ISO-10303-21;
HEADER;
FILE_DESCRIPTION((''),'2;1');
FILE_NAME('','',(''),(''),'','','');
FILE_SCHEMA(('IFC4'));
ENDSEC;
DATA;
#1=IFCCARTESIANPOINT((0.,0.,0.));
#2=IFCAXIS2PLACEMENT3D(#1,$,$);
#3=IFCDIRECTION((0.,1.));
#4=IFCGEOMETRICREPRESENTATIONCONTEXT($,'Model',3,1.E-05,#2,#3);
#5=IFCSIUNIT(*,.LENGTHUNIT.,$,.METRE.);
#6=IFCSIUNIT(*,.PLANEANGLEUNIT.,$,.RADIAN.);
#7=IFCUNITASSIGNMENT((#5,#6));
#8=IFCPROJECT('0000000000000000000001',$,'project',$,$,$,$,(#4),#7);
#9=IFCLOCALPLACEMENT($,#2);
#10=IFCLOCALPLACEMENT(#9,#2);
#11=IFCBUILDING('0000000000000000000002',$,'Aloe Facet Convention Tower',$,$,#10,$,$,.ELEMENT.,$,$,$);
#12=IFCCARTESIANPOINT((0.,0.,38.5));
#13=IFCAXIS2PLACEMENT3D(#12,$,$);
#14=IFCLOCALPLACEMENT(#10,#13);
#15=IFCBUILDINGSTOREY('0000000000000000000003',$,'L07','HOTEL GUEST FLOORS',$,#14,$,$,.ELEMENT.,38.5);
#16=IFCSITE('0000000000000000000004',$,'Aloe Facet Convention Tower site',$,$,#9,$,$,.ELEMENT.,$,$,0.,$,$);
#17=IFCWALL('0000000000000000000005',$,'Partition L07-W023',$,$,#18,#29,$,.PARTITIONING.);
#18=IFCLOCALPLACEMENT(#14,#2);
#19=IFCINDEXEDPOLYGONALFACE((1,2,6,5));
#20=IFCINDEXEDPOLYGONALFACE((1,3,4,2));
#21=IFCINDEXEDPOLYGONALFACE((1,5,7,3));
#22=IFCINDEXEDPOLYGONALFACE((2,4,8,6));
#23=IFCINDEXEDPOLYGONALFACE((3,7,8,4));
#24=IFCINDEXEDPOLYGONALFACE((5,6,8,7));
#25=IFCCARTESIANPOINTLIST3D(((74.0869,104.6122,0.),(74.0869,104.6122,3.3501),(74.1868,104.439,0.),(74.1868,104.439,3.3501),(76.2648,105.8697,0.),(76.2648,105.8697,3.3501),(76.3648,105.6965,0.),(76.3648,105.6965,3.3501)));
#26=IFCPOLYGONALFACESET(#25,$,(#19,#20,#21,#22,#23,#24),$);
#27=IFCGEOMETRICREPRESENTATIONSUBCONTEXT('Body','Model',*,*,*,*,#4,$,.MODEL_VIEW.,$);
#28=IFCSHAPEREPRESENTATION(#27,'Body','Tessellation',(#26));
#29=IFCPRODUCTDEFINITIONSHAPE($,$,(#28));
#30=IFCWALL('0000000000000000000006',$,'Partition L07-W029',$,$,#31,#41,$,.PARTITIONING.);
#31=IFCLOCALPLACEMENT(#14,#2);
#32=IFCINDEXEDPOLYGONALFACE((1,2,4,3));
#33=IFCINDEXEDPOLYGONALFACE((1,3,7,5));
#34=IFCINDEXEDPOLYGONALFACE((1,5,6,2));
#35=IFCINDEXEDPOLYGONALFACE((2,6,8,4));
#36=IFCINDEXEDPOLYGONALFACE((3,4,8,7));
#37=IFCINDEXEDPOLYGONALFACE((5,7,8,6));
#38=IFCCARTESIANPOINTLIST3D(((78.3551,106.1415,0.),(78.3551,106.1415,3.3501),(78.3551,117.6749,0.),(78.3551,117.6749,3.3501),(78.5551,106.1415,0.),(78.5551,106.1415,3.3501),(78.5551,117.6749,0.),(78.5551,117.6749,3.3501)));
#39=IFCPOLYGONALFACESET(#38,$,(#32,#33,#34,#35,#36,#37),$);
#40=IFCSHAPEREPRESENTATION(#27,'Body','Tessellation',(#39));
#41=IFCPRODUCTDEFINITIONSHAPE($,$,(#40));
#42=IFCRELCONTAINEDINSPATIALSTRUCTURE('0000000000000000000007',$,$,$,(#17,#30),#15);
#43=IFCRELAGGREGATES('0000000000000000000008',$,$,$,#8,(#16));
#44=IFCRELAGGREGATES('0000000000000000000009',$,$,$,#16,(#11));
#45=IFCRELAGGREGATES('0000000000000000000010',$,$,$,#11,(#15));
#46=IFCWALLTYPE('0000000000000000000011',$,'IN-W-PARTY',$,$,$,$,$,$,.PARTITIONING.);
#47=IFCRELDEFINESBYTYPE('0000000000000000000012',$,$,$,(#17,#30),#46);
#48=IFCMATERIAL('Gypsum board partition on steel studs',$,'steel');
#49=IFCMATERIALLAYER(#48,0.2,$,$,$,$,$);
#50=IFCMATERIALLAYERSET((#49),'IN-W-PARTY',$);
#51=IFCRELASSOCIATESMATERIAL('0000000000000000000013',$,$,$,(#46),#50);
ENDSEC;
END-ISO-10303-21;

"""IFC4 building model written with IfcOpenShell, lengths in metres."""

from ifc_helpers import new_model, si_unit, direction, frame, frame_2d, origin, place, context, subcontext, project, spatial, rectangle, extrude, material, layer, layer_set, type_object, element, save


model = new_model("IFC4")

# Units and contexts
model_context = context("Model", 3, precision=1e-05, world=origin(), true_north=direction((0.0, 1.0)))
body_context = subcontext(model_context, "Body", "Model", "MODEL_VIEW")
ifc_project = project(units=[si_unit("LENGTHUNIT", "METRE"), si_unit("PLANEANGLEUNIT", "RADIAN")], contexts=[model_context])

# Site, building, storey
site_placement = place(None, origin())
site = spatial("IfcSite", under=ifc_project, at=site_placement, Name="Aloe Facet Convention Tower site", CompositionType="ELEMENT", RefElevation=0.0)
building_placement = place(site_placement, origin())
building = spatial("IfcBuilding", under=site, at=building_placement, Name="Aloe Facet Convention Tower", CompositionType="ELEMENT")
storey_placement = place(building_placement, frame((0.0, 0.0, 38.5)))
storey = spatial("IfcBuildingStorey", under=building, at=storey_placement, Name="L07", Description="HOTEL GUEST FLOORS", CompositionType="ELEMENT", Elevation=38.5)

# Walls
ifc_material_1 = material(Name="Gypsum board partition on steel studs", Category="steel")
ifc_layer_1 = layer(ifc_material_1, 0.2)
ifc_layer_set_1 = layer_set([ifc_layer_1], Name="IN-W-PARTY")
wall_type_1 = type_object("IfcWallType", Name="IN-W-PARTY", PredefinedType="PARTITIONING", material=ifc_layer_set_1)
wall_1_placement = place(storey_placement, frame((74.137, 104.5256, 0.0), z_axis=(0.0, 0.0, 1.0), x_axis=(0.866006, 0.500033, 0.0)))
element("IfcWall", 1, at=wall_1_placement, inside=storey, type_object=wall_type_1, Name="Partition L07-W023", PredefinedType="PARTITIONING", context=body_context, shape_type="SweptSolid", body=[
    extrude(rectangle(XDim=2.5149, YDim=0.2, at=frame_2d((1.2573, 0.0))), origin(), (0.0, 0.0, 1.0), 3.3501),
])
wall_2_placement = place(storey_placement, frame((78.4551, 106.1416, 0.0), z_axis=(0.0, 0.0, 1.0), x_axis=(0.0, 1.0, 0.0)))
element("IfcWall", 2, at=wall_2_placement, inside=storey, type_object=wall_type_1, Name="Partition L07-W029", PredefinedType="PARTITIONING", context=body_context, shape_type="SweptSolid", body=[
    extrude(rectangle(XDim=11.5334, YDim=0.2, at=frame_2d((5.7666, 0.0))), origin(), (0.0, 0.0, 1.0), 3.3501),
])

save(model, "model.ifc")
